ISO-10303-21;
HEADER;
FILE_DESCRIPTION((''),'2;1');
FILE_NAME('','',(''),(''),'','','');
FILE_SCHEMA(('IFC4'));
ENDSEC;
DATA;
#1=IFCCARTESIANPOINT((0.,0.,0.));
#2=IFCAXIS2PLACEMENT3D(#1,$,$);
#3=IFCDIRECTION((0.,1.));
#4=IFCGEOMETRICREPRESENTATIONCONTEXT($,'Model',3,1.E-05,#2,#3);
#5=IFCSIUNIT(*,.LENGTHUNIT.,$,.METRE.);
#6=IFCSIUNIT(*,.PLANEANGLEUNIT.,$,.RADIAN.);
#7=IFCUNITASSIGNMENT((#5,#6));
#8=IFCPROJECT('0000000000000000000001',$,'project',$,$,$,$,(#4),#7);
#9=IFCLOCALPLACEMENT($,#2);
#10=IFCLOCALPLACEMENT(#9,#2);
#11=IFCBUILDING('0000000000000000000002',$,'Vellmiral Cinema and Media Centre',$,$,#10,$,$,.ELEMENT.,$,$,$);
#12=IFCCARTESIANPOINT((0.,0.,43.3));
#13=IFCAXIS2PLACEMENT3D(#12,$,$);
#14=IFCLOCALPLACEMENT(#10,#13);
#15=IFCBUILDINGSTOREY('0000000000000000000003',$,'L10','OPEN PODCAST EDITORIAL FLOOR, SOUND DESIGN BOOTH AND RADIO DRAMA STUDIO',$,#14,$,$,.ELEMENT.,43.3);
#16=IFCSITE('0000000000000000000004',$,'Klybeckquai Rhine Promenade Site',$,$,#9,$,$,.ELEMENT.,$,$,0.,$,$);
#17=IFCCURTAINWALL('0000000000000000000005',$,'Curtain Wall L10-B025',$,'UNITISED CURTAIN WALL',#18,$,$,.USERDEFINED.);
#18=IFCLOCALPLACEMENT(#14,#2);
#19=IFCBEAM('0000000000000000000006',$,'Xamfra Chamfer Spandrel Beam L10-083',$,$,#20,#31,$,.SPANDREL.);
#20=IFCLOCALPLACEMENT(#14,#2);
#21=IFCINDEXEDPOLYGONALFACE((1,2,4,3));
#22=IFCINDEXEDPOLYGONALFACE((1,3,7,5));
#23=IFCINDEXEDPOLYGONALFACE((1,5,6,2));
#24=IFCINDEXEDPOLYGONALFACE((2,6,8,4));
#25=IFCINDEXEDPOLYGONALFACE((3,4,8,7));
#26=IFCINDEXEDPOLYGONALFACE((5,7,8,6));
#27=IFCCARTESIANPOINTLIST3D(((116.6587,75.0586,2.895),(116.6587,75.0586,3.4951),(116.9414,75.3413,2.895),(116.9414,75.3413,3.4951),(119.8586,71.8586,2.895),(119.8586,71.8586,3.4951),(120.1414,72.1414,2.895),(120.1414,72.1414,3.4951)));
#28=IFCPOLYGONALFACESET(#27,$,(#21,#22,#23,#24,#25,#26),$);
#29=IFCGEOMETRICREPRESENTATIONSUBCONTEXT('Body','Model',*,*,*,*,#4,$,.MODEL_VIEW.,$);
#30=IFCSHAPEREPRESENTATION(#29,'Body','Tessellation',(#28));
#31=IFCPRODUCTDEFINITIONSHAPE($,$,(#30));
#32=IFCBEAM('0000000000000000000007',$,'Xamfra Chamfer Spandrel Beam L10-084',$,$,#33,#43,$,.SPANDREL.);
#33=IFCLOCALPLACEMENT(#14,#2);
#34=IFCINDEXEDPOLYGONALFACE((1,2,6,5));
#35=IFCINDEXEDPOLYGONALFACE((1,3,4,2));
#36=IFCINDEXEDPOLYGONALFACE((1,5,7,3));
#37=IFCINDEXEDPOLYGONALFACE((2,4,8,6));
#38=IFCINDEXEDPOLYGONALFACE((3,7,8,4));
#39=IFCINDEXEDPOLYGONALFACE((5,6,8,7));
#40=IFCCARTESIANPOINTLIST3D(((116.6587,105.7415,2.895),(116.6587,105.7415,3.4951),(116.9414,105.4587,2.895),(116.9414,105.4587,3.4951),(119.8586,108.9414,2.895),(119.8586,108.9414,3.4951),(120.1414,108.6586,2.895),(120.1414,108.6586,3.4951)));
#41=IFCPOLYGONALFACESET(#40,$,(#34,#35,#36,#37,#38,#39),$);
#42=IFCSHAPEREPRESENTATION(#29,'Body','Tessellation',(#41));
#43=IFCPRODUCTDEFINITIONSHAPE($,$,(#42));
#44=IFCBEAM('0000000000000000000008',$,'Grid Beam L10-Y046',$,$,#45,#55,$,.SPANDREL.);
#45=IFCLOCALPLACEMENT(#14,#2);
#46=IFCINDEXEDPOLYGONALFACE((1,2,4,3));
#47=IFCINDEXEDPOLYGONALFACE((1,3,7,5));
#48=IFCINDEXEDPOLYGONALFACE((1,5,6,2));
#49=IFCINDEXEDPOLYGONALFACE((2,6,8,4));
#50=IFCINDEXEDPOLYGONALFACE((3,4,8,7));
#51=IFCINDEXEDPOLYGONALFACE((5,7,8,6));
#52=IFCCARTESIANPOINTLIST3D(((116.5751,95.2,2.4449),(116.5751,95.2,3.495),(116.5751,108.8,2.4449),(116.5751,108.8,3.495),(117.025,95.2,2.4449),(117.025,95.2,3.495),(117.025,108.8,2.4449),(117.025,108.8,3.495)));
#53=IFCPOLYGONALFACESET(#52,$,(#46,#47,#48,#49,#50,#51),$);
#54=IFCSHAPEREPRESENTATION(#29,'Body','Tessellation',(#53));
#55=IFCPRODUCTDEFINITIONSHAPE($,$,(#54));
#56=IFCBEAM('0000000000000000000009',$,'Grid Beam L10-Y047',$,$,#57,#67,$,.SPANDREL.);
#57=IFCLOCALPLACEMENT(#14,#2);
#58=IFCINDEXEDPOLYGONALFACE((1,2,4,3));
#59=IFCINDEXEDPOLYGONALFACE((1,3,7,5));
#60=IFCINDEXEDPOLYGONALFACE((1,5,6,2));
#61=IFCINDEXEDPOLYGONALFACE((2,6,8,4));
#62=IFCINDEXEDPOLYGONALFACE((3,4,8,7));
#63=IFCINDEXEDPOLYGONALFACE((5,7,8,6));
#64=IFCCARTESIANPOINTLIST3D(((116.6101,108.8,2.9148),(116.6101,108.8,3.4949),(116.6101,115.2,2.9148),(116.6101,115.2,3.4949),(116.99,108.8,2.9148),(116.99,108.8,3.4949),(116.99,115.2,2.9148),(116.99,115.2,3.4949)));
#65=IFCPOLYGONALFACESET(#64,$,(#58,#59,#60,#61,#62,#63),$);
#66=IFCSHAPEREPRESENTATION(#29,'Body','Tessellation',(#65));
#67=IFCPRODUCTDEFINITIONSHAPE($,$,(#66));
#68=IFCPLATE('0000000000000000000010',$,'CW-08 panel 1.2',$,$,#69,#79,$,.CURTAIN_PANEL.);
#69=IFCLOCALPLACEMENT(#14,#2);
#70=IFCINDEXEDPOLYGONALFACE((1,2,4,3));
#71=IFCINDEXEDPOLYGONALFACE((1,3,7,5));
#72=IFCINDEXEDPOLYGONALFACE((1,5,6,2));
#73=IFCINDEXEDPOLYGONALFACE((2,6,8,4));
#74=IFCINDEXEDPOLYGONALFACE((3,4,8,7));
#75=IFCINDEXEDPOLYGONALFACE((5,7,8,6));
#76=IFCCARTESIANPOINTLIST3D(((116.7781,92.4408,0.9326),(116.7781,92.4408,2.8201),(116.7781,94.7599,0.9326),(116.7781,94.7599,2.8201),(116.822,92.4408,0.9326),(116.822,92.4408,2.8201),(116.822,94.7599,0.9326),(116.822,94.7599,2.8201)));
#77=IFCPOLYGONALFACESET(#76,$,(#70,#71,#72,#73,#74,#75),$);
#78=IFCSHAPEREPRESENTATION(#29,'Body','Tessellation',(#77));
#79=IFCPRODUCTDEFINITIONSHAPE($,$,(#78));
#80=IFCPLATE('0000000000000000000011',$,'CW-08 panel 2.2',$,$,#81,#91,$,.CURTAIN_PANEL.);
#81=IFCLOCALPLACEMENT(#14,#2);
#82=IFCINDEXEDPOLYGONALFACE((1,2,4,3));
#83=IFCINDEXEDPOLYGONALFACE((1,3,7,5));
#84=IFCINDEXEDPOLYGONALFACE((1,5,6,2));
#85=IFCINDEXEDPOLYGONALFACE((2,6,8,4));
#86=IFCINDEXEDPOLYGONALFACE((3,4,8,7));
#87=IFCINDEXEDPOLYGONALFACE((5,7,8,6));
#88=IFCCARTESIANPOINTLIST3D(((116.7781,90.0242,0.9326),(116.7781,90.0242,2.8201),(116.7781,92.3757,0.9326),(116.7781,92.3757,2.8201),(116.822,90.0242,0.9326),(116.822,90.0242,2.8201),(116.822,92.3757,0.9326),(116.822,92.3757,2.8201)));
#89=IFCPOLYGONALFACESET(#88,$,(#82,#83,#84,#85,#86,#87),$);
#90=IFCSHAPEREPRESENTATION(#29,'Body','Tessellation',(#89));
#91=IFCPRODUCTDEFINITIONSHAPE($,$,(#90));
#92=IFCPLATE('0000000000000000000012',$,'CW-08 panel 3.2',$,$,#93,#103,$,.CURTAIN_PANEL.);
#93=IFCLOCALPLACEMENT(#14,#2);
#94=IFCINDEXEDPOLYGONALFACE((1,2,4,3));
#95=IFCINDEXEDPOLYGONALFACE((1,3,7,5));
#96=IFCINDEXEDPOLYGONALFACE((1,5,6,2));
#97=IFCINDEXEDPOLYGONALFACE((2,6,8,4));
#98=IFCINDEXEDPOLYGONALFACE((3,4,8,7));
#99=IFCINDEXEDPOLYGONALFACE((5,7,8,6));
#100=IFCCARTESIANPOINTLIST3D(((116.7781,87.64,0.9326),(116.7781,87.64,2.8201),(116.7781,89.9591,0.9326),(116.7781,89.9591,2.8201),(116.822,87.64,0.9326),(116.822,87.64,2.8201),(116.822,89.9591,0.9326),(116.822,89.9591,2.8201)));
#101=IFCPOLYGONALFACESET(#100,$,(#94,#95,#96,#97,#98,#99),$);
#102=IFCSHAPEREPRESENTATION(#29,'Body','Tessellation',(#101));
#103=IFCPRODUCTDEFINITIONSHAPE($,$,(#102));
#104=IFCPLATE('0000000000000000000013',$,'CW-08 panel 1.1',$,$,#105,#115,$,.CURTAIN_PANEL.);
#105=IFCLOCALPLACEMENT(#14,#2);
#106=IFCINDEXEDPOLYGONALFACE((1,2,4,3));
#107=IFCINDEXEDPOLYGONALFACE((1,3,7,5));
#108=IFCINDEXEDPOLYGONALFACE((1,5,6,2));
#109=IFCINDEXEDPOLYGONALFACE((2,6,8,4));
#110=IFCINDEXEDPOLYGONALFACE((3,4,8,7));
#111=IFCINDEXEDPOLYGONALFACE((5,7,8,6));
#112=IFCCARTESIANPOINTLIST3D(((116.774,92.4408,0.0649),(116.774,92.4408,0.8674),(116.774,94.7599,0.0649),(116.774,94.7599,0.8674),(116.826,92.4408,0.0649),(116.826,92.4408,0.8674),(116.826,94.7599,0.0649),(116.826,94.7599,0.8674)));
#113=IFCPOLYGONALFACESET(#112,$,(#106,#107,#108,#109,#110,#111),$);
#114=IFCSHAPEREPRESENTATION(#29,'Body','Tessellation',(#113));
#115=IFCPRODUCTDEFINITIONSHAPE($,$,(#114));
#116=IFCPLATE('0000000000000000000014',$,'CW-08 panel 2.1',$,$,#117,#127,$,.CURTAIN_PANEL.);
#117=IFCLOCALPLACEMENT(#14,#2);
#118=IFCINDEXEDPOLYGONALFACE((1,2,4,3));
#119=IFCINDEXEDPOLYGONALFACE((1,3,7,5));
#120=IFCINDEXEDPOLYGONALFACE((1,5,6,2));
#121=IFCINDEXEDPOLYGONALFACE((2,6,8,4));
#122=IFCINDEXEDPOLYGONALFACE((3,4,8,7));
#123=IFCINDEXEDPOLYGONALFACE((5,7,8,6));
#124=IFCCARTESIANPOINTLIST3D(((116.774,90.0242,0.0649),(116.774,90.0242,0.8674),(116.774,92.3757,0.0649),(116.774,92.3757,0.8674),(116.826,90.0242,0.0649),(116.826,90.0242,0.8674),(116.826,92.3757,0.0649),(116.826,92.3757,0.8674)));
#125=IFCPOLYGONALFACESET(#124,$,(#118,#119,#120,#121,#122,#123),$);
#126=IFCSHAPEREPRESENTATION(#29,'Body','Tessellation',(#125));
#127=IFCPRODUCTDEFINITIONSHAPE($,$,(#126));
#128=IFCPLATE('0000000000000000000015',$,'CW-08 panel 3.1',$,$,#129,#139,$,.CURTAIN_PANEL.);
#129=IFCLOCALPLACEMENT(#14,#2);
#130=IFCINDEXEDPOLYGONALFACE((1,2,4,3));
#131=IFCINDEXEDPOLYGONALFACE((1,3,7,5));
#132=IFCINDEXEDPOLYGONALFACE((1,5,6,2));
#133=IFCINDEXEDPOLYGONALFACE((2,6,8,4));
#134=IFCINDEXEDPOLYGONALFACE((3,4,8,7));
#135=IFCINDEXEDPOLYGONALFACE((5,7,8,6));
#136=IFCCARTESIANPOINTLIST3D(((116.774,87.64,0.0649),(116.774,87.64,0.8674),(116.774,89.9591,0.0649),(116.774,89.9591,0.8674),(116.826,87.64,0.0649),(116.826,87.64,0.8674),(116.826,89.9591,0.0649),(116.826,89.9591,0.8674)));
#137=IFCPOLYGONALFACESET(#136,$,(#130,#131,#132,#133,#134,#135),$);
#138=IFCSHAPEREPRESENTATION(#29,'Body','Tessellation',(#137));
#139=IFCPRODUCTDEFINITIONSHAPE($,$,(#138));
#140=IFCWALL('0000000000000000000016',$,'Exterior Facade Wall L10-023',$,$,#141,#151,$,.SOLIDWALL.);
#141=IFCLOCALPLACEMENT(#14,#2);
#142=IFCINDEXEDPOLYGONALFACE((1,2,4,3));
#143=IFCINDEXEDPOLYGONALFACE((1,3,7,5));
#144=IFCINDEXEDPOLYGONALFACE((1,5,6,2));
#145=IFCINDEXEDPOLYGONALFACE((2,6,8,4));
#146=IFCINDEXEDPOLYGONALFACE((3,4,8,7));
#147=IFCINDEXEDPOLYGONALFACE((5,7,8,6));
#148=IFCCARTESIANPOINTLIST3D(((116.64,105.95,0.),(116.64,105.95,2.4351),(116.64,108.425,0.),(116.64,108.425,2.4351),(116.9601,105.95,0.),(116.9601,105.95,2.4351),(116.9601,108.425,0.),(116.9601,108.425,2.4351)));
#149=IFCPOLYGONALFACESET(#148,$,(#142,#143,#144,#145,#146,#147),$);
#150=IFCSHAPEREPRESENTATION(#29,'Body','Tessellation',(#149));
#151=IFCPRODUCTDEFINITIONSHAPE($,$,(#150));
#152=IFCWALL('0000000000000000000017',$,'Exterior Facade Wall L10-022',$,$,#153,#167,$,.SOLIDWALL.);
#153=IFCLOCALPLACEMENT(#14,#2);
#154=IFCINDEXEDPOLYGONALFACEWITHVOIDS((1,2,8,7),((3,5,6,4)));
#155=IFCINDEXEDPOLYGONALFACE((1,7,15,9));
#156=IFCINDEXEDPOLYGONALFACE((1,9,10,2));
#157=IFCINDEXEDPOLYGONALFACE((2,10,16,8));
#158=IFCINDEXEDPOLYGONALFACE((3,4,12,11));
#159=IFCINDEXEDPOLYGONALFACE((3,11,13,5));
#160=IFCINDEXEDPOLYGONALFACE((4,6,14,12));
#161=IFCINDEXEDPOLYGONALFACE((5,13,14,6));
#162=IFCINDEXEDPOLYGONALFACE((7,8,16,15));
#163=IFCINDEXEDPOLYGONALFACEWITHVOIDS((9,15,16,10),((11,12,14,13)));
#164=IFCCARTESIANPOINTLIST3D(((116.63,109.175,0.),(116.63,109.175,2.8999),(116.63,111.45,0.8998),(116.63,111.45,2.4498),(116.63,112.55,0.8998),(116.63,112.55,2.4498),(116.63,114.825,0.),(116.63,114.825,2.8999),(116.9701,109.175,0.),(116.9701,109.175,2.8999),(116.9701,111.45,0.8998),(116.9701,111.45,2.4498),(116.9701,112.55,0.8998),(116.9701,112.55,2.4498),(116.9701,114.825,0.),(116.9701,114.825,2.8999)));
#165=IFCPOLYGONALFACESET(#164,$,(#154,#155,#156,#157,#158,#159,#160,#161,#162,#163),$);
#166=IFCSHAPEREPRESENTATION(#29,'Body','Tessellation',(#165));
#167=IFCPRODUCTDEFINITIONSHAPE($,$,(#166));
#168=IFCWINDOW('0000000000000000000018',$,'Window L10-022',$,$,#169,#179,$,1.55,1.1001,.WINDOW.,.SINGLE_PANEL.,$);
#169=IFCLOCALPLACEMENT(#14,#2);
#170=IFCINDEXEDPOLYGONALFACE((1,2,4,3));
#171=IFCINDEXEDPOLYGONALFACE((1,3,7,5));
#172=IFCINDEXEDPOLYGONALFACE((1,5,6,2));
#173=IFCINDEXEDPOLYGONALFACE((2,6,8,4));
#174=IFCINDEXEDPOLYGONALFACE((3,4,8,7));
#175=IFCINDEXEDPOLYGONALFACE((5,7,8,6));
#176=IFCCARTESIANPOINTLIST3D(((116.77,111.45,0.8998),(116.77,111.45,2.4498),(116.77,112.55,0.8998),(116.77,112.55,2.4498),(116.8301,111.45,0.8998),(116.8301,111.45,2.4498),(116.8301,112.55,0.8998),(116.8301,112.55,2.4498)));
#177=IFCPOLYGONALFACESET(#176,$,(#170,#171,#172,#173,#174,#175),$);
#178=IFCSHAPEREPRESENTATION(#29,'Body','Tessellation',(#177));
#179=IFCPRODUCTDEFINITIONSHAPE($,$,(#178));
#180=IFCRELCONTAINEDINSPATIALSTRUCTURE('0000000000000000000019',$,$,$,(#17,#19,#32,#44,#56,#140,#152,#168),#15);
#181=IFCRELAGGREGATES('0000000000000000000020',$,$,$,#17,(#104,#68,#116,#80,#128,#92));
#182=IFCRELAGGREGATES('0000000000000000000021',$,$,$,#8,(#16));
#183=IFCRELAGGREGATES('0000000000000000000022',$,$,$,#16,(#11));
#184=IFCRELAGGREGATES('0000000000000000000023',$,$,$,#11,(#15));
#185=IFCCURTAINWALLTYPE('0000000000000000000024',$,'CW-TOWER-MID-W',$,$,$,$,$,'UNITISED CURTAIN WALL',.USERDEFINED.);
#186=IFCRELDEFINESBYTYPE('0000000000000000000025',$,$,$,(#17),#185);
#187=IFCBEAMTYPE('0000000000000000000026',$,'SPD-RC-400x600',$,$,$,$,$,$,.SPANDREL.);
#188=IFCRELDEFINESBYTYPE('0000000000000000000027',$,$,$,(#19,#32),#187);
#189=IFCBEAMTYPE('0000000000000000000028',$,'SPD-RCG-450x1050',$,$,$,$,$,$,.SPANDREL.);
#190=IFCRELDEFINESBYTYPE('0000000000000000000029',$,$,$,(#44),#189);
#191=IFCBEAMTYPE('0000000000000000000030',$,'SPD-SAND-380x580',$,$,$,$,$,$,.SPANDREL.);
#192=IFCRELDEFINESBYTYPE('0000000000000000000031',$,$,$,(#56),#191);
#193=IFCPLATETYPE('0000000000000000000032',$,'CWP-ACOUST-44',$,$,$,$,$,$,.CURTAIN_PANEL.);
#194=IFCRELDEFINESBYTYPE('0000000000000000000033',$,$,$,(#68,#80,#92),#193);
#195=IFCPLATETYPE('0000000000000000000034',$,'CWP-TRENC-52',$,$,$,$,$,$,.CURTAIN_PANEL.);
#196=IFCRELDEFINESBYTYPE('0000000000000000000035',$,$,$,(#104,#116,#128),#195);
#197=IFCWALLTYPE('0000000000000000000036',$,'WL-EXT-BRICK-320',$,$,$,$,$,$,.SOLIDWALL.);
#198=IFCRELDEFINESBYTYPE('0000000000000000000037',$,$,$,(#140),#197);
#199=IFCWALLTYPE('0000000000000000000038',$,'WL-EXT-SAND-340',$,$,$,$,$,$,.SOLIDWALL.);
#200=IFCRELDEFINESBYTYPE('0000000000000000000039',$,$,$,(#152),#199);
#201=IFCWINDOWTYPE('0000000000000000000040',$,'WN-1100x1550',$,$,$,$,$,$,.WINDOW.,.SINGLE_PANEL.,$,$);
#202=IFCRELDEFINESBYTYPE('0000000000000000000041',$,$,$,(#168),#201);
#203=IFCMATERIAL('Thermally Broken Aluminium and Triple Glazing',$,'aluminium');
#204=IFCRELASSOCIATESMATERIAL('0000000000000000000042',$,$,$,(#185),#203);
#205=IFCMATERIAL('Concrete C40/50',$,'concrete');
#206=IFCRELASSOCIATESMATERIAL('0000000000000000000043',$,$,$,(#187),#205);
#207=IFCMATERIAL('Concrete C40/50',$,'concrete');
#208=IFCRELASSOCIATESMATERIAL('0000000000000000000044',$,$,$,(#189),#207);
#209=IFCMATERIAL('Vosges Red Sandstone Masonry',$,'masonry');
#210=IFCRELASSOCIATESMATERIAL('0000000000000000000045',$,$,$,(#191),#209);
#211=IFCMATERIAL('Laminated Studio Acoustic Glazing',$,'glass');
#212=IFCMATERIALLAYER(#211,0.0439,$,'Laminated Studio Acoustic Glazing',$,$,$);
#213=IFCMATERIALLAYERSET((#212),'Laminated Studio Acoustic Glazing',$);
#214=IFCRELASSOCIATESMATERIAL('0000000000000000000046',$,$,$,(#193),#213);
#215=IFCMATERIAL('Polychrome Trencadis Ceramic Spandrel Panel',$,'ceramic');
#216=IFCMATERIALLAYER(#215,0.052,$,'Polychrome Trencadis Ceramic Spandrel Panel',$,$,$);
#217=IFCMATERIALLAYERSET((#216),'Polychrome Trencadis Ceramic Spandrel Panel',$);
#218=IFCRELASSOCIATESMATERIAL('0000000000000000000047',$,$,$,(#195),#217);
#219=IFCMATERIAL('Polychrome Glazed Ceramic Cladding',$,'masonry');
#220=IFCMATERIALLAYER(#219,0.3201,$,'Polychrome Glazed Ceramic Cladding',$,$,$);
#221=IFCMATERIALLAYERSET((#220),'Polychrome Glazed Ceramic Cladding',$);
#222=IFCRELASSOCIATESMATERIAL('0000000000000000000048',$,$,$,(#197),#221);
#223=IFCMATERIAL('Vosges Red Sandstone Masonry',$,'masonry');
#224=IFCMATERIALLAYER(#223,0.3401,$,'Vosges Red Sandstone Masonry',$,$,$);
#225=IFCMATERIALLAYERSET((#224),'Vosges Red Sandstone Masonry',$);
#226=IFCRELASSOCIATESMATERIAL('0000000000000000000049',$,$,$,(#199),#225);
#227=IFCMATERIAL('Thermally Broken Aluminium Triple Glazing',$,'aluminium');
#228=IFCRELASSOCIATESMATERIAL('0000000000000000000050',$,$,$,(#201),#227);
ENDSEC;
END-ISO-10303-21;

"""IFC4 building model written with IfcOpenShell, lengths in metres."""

from ifc_helpers import new_model, si_unit, direction, frame, frame_2d, origin, origin_2d, place, context, subcontext, project, spatial, rectangle, extrude, material, layer, layer_set, material_profile, profile_set, type_object, element, fill, aggregate, save


model = new_model("IFC4")

# Units and contexts
model_context = context("Model", 3, precision=1e-05, world=origin(), true_north=direction((0.0, 1.0)))
body_context = subcontext(model_context, "Body", "Model", "MODEL_VIEW")
ifc_project = project(units=[si_unit("LENGTHUNIT", "METRE"), si_unit("PLANEANGLEUNIT", "RADIAN")], contexts=[model_context])

# Site, building, storey
site_placement = place(None, origin())
site = spatial("IfcSite", under=ifc_project, at=site_placement, Name="Klybeckquai Rhine Promenade Site", CompositionType="ELEMENT", RefElevation=0.0)
building_placement = place(site_placement, origin())
building = spatial("IfcBuilding", under=site, at=building_placement, Name="Vellmiral Cinema and Media Centre", CompositionType="ELEMENT")
storey_placement = place(building_placement, frame((0.0, 0.0, 43.3)))
storey = spatial("IfcBuildingStorey", under=building, at=storey_placement, Name="L10", Description="OPEN PODCAST EDITORIAL FLOOR, SOUND DESIGN BOOTH AND RADIO DRAMA STUDIO", CompositionType="ELEMENT", Elevation=43.3)

# Curtain wall
ifc_material_1 = material(Name="Thermally Broken Aluminium and Triple Glazing", Category="aluminium")
curtain_wall_type = type_object("IfcCurtainWallType", Name="CW-TOWER-MID-W", ElementType="UNITISED CURTAIN WALL", PredefinedType="USERDEFINED", material=ifc_material_1)
curtain_wall_placement = place(storey_placement, origin())
curtain_wall = element("IfcCurtainWall", 1, at=curtain_wall_placement, inside=storey, type_object=curtain_wall_type, Name="Curtain Wall L10-B025", ObjectType="UNITISED CURTAIN WALL", PredefinedType="USERDEFINED")

# Beams
ifc_material_2 = material(Name="Concrete C40/50", Category="concrete")
ifc_material_profile_1 = material_profile(ifc_material_2, rectangle(XDim=0.3999, YDim=0.6001, at=origin_2d()), Name="RC 400x600")
ifc_profile_set_1 = profile_set([ifc_material_profile_1], Name="Concrete C40/50")
beam_type_1 = type_object("IfcBeamType", Name="SPD-RC-400x600", PredefinedType="SPANDREL", material=ifc_profile_set_1)
for number, where, z_axis, x_axis, name in (
    (2, (116.8, 75.2, 3.1951), (0.707107, -0.707107, 0.0), (0.707107, 0.707107, 0.0), "Xamfra Chamfer Spandrel Beam L10-083"),
    (3, (116.8, 105.6001, 3.1951), (0.707107, 0.707107, 0.0), (-0.707107, 0.707107, 0.0), "Xamfra Chamfer Spandrel Beam L10-084"),
):
    element("IfcBeam", number, at=place(storey_placement, frame(where, z_axis=z_axis, x_axis=x_axis)), inside=storey, type_object=beam_type_1, Name=name, PredefinedType="SPANDREL", context=body_context, shape_type="SweptSolid", body=[
        extrude(rectangle(XDim=0.3999, YDim=0.6001, at=origin_2d()), origin(), (0.0, 0.0, 1.0), 4.5254),
    ])
ifc_material_3 = material(Name="Concrete C40/50", Category="concrete")
ifc_material_profile_2 = material_profile(ifc_material_3, rectangle(XDim=0.45, YDim=1.05, at=origin_2d()), Name="RC 450x1050")
ifc_profile_set_2 = profile_set([ifc_material_profile_2], Name="Concrete C40/50")
beam_type_2 = type_object("IfcBeamType", Name="SPD-RCG-450x1050", PredefinedType="SPANDREL", material=ifc_profile_set_2)
beam_1_placement = place(storey_placement, frame((116.8, 95.2, 2.97), z_axis=(0.0, 1.0, 0.0), x_axis=(-1.0, 0.0, 0.0)))
element("IfcBeam", 4, at=beam_1_placement, inside=storey, type_object=beam_type_2, Name="Grid Beam L10-Y046", PredefinedType="SPANDREL", context=body_context, shape_type="SweptSolid", body=[
    extrude(rectangle(XDim=0.45, YDim=1.05, at=origin_2d()), origin(), (0.0, 0.0, 1.0), 13.6001),
])
ifc_material_4 = material(Name="Vosges Red Sandstone Masonry", Category="masonry")
ifc_material_profile_3 = material_profile(ifc_material_4, rectangle(XDim=0.3799, YDim=0.5801, at=origin_2d()), Name="SAND 380x580")
ifc_profile_set_3 = profile_set([ifc_material_profile_3], Name="Vosges Red Sandstone Masonry")
beam_type_3 = type_object("IfcBeamType", Name="SPD-SAND-380x580", PredefinedType="SPANDREL", material=ifc_profile_set_3)
beam_2_placement = place(storey_placement, frame((116.8, 108.8, 3.2048), z_axis=(0.0, 1.0, 0.0), x_axis=(-1.0, 0.0, 0.0)))
element("IfcBeam", 5, at=beam_2_placement, inside=storey, type_object=beam_type_3, Name="Grid Beam L10-Y047", PredefinedType="SPANDREL", context=body_context, shape_type="SweptSolid", body=[
    extrude(rectangle(XDim=0.3799, YDim=0.5801, at=origin_2d()), origin(), (0.0, 0.0, 1.0), 6.3999),
])

# Plates
ifc_material_5 = material(Name="Laminated Studio Acoustic Glazing", Category="glass")
ifc_layer_1 = layer(ifc_material_5, 0.0439, Name="Laminated Studio Acoustic Glazing")
ifc_layer_set_1 = layer_set([ifc_layer_1], Name="Laminated Studio Acoustic Glazing")
plate_type_1 = type_object("IfcPlateType", Name="CWP-ACOUST-44", PredefinedType="CURTAIN_PANEL", material=ifc_layer_set_1)
plate_1_placement = place(storey_placement, frame((116.8, 93.6003, 0.9326), z_axis=(0.0, 0.0, 1.0), x_axis=(0.0, -1.0, 0.0)))
plate_1 = element("IfcPlate", 6, at=plate_1_placement, type_object=plate_type_1, Name="CW-08 panel 1.2", PredefinedType="CURTAIN_PANEL", context=body_context, shape_type="SweptSolid", body=[
    extrude(rectangle(XDim=2.3191, YDim=0.0439, at=origin_2d()), origin(), (0.0, 0.0, 1.0), 1.8875),
])
plate_2_placement = place(storey_placement, frame((116.8, 91.2, 0.9326), z_axis=(0.0, 0.0, 1.0), x_axis=(0.0, -1.0, 0.0)))
plate_2 = element("IfcPlate", 7, at=plate_2_placement, type_object=plate_type_1, Name="CW-08 panel 2.2", PredefinedType="CURTAIN_PANEL", context=body_context, shape_type="SweptSolid", body=[
    extrude(rectangle(XDim=2.3516, YDim=0.0439, at=origin_2d()), origin(), (0.0, 0.0, 1.0), 1.8875),
])
plate_3_placement = place(storey_placement, frame((116.8, 88.7996, 0.9326), z_axis=(0.0, 0.0, 1.0), x_axis=(0.0, -1.0, 0.0)))
plate_3 = element("IfcPlate", 8, at=plate_3_placement, type_object=plate_type_1, Name="CW-08 panel 3.2", PredefinedType="CURTAIN_PANEL", context=body_context, shape_type="SweptSolid", body=[
    extrude(rectangle(XDim=2.3191, YDim=0.0439, at=origin_2d()), origin(), (0.0, 0.0, 1.0), 1.8875),
])
ifc_material_6 = material(Name="Polychrome Trencadis Ceramic Spandrel Panel", Category="ceramic")
ifc_layer_2 = layer(ifc_material_6, 0.052, Name="Polychrome Trencadis Ceramic Spandrel Panel")
ifc_layer_set_2 = layer_set([ifc_layer_2], Name="Polychrome Trencadis Ceramic Spandrel Panel")
plate_type_2 = type_object("IfcPlateType", Name="CWP-TRENC-52", PredefinedType="CURTAIN_PANEL", material=ifc_layer_set_2)
plate_4_placement = place(storey_placement, frame((116.8, 93.6003, 0.0649), z_axis=(0.0, 0.0, 1.0), x_axis=(0.0, -1.0, 0.0)))
plate_4 = element("IfcPlate", 9, at=plate_4_placement, type_object=plate_type_2, Name="CW-08 panel 1.1", PredefinedType="CURTAIN_PANEL", context=body_context, shape_type="SweptSolid", body=[
    extrude(rectangle(XDim=2.3191, YDim=0.052, at=origin_2d()), origin(), (0.0, 0.0, 1.0), 0.8025),
])
plate_5_placement = place(storey_placement, frame((116.8, 91.2, 0.0649), z_axis=(0.0, 0.0, 1.0), x_axis=(0.0, -1.0, 0.0)))
plate_5 = element("IfcPlate", 10, at=plate_5_placement, type_object=plate_type_2, Name="CW-08 panel 2.1", PredefinedType="CURTAIN_PANEL", context=body_context, shape_type="SweptSolid", body=[
    extrude(rectangle(XDim=2.3516, YDim=0.052, at=origin_2d()), origin(), (0.0, 0.0, 1.0), 0.8025),
])
plate_6_placement = place(storey_placement, frame((116.8, 88.7996, 0.0649), z_axis=(0.0, 0.0, 1.0), x_axis=(0.0, -1.0, 0.0)))
plate_6 = element("IfcPlate", 11, at=plate_6_placement, type_object=plate_type_2, Name="CW-08 panel 3.1", PredefinedType="CURTAIN_PANEL", context=body_context, shape_type="SweptSolid", body=[
    extrude(rectangle(XDim=2.3191, YDim=0.052, at=origin_2d()), origin(), (0.0, 0.0, 1.0), 0.8025),
])
aggregate(curtain_wall, [plate_4, plate_1, plate_5, plate_2, plate_6, plate_3])

# Wall
ifc_material_7 = material(Name="Polychrome Glazed Ceramic Cladding", Category="masonry")
ifc_layer_3 = layer(ifc_material_7, 0.3201, Name="Polychrome Glazed Ceramic Cladding")
ifc_layer_set_3 = layer_set([ifc_layer_3], Name="Polychrome Glazed Ceramic Cladding")
wall_type_1 = type_object("IfcWallType", Name="WL-EXT-BRICK-320", PredefinedType="SOLIDWALL", material=ifc_layer_set_3)
wall_1_placement = place(storey_placement, frame((116.8, 108.425, 0.0), z_axis=(0.0, 0.0, 1.0), x_axis=(0.0, -1.0, 0.0)))
element("IfcWall", 12, at=wall_1_placement, inside=storey, type_object=wall_type_1, Name="Exterior Facade Wall L10-023", PredefinedType="SOLIDWALL", context=body_context, shape_type="SweptSolid", body=[
    extrude(rectangle(XDim=2.4751, YDim=0.3201, at=frame_2d((1.2375, 0.0))), origin(), (0.0, 0.0, 1.0), 2.4351),
])

# Wall, opening, window
ifc_material_8 = material(Name="Vosges Red Sandstone Masonry", Category="masonry")
ifc_layer_4 = layer(ifc_material_8, 0.3401, Name="Vosges Red Sandstone Masonry")
ifc_layer_set_4 = layer_set([ifc_layer_4], Name="Vosges Red Sandstone Masonry")
wall_type_2 = type_object("IfcWallType", Name="WL-EXT-SAND-340", PredefinedType="SOLIDWALL", material=ifc_layer_set_4)
wall_2_placement = place(storey_placement, frame((116.8, 114.825, 0.0), z_axis=(0.0, 0.0, 1.0), x_axis=(0.0, -1.0, 0.0)))
wall_2 = element("IfcWall", 13, at=wall_2_placement, inside=storey, type_object=wall_type_2, Name="Exterior Facade Wall L10-022", PredefinedType="SOLIDWALL", context=body_context, shape_type="SweptSolid", body=[
    extrude(rectangle(XDim=5.6499, YDim=0.3401, at=frame_2d((2.825, 0.0))), origin(), (0.0, 0.0, 1.0), 2.8999),
])
opening_1_placement = place(wall_2_placement, frame((2.2749, 0.0, 0.8999)))
opening_1 = element("IfcOpeningElement", 14, at=opening_1_placement, cuts=wall_2, PredefinedType="OPENING", context=body_context, shape_type="SweptSolid", body=[
    extrude(rectangle(XDim=1.1001, YDim=1.55, at=frame_2d((0.55, 0.7749))), frame((0.0, 0.1821, 0.0), z_axis=(0.0, -1.0, 0.0), x_axis=(1.0, 0.0, 0.0)), (0.0, 0.0, 1.0), 0.364),
])
ifc_material_9 = material(Name="Thermally Broken Aluminium Triple Glazing", Category="aluminium")
window_type_1 = type_object("IfcWindowType", Name="WN-1100x1550", PartitioningType="SINGLE_PANEL", PredefinedType="WINDOW", material=ifc_material_9)
window_1_placement = place(opening_1_placement, origin())
window_1 = element("IfcWindow", 15, at=window_1_placement, inside=storey, type_object=window_type_1, Name="Window L10-022", OverallHeight=1.55, OverallWidth=1.1001, PartitioningType="SINGLE_PANEL", PredefinedType="WINDOW", context=body_context, shape_type="SweptSolid", body=[
    extrude(rectangle(XDim=1.1001, YDim=1.55, at=frame_2d((0.55, 0.7749))), frame((0.0, 0.03, 0.0), z_axis=(0.0, -1.0, 0.0), x_axis=(1.0, 0.0, 0.0)), (0.0, 0.0, 1.0), 0.0601),
])
fill(opening_1, window_1)

save(model, "model.ifc")
